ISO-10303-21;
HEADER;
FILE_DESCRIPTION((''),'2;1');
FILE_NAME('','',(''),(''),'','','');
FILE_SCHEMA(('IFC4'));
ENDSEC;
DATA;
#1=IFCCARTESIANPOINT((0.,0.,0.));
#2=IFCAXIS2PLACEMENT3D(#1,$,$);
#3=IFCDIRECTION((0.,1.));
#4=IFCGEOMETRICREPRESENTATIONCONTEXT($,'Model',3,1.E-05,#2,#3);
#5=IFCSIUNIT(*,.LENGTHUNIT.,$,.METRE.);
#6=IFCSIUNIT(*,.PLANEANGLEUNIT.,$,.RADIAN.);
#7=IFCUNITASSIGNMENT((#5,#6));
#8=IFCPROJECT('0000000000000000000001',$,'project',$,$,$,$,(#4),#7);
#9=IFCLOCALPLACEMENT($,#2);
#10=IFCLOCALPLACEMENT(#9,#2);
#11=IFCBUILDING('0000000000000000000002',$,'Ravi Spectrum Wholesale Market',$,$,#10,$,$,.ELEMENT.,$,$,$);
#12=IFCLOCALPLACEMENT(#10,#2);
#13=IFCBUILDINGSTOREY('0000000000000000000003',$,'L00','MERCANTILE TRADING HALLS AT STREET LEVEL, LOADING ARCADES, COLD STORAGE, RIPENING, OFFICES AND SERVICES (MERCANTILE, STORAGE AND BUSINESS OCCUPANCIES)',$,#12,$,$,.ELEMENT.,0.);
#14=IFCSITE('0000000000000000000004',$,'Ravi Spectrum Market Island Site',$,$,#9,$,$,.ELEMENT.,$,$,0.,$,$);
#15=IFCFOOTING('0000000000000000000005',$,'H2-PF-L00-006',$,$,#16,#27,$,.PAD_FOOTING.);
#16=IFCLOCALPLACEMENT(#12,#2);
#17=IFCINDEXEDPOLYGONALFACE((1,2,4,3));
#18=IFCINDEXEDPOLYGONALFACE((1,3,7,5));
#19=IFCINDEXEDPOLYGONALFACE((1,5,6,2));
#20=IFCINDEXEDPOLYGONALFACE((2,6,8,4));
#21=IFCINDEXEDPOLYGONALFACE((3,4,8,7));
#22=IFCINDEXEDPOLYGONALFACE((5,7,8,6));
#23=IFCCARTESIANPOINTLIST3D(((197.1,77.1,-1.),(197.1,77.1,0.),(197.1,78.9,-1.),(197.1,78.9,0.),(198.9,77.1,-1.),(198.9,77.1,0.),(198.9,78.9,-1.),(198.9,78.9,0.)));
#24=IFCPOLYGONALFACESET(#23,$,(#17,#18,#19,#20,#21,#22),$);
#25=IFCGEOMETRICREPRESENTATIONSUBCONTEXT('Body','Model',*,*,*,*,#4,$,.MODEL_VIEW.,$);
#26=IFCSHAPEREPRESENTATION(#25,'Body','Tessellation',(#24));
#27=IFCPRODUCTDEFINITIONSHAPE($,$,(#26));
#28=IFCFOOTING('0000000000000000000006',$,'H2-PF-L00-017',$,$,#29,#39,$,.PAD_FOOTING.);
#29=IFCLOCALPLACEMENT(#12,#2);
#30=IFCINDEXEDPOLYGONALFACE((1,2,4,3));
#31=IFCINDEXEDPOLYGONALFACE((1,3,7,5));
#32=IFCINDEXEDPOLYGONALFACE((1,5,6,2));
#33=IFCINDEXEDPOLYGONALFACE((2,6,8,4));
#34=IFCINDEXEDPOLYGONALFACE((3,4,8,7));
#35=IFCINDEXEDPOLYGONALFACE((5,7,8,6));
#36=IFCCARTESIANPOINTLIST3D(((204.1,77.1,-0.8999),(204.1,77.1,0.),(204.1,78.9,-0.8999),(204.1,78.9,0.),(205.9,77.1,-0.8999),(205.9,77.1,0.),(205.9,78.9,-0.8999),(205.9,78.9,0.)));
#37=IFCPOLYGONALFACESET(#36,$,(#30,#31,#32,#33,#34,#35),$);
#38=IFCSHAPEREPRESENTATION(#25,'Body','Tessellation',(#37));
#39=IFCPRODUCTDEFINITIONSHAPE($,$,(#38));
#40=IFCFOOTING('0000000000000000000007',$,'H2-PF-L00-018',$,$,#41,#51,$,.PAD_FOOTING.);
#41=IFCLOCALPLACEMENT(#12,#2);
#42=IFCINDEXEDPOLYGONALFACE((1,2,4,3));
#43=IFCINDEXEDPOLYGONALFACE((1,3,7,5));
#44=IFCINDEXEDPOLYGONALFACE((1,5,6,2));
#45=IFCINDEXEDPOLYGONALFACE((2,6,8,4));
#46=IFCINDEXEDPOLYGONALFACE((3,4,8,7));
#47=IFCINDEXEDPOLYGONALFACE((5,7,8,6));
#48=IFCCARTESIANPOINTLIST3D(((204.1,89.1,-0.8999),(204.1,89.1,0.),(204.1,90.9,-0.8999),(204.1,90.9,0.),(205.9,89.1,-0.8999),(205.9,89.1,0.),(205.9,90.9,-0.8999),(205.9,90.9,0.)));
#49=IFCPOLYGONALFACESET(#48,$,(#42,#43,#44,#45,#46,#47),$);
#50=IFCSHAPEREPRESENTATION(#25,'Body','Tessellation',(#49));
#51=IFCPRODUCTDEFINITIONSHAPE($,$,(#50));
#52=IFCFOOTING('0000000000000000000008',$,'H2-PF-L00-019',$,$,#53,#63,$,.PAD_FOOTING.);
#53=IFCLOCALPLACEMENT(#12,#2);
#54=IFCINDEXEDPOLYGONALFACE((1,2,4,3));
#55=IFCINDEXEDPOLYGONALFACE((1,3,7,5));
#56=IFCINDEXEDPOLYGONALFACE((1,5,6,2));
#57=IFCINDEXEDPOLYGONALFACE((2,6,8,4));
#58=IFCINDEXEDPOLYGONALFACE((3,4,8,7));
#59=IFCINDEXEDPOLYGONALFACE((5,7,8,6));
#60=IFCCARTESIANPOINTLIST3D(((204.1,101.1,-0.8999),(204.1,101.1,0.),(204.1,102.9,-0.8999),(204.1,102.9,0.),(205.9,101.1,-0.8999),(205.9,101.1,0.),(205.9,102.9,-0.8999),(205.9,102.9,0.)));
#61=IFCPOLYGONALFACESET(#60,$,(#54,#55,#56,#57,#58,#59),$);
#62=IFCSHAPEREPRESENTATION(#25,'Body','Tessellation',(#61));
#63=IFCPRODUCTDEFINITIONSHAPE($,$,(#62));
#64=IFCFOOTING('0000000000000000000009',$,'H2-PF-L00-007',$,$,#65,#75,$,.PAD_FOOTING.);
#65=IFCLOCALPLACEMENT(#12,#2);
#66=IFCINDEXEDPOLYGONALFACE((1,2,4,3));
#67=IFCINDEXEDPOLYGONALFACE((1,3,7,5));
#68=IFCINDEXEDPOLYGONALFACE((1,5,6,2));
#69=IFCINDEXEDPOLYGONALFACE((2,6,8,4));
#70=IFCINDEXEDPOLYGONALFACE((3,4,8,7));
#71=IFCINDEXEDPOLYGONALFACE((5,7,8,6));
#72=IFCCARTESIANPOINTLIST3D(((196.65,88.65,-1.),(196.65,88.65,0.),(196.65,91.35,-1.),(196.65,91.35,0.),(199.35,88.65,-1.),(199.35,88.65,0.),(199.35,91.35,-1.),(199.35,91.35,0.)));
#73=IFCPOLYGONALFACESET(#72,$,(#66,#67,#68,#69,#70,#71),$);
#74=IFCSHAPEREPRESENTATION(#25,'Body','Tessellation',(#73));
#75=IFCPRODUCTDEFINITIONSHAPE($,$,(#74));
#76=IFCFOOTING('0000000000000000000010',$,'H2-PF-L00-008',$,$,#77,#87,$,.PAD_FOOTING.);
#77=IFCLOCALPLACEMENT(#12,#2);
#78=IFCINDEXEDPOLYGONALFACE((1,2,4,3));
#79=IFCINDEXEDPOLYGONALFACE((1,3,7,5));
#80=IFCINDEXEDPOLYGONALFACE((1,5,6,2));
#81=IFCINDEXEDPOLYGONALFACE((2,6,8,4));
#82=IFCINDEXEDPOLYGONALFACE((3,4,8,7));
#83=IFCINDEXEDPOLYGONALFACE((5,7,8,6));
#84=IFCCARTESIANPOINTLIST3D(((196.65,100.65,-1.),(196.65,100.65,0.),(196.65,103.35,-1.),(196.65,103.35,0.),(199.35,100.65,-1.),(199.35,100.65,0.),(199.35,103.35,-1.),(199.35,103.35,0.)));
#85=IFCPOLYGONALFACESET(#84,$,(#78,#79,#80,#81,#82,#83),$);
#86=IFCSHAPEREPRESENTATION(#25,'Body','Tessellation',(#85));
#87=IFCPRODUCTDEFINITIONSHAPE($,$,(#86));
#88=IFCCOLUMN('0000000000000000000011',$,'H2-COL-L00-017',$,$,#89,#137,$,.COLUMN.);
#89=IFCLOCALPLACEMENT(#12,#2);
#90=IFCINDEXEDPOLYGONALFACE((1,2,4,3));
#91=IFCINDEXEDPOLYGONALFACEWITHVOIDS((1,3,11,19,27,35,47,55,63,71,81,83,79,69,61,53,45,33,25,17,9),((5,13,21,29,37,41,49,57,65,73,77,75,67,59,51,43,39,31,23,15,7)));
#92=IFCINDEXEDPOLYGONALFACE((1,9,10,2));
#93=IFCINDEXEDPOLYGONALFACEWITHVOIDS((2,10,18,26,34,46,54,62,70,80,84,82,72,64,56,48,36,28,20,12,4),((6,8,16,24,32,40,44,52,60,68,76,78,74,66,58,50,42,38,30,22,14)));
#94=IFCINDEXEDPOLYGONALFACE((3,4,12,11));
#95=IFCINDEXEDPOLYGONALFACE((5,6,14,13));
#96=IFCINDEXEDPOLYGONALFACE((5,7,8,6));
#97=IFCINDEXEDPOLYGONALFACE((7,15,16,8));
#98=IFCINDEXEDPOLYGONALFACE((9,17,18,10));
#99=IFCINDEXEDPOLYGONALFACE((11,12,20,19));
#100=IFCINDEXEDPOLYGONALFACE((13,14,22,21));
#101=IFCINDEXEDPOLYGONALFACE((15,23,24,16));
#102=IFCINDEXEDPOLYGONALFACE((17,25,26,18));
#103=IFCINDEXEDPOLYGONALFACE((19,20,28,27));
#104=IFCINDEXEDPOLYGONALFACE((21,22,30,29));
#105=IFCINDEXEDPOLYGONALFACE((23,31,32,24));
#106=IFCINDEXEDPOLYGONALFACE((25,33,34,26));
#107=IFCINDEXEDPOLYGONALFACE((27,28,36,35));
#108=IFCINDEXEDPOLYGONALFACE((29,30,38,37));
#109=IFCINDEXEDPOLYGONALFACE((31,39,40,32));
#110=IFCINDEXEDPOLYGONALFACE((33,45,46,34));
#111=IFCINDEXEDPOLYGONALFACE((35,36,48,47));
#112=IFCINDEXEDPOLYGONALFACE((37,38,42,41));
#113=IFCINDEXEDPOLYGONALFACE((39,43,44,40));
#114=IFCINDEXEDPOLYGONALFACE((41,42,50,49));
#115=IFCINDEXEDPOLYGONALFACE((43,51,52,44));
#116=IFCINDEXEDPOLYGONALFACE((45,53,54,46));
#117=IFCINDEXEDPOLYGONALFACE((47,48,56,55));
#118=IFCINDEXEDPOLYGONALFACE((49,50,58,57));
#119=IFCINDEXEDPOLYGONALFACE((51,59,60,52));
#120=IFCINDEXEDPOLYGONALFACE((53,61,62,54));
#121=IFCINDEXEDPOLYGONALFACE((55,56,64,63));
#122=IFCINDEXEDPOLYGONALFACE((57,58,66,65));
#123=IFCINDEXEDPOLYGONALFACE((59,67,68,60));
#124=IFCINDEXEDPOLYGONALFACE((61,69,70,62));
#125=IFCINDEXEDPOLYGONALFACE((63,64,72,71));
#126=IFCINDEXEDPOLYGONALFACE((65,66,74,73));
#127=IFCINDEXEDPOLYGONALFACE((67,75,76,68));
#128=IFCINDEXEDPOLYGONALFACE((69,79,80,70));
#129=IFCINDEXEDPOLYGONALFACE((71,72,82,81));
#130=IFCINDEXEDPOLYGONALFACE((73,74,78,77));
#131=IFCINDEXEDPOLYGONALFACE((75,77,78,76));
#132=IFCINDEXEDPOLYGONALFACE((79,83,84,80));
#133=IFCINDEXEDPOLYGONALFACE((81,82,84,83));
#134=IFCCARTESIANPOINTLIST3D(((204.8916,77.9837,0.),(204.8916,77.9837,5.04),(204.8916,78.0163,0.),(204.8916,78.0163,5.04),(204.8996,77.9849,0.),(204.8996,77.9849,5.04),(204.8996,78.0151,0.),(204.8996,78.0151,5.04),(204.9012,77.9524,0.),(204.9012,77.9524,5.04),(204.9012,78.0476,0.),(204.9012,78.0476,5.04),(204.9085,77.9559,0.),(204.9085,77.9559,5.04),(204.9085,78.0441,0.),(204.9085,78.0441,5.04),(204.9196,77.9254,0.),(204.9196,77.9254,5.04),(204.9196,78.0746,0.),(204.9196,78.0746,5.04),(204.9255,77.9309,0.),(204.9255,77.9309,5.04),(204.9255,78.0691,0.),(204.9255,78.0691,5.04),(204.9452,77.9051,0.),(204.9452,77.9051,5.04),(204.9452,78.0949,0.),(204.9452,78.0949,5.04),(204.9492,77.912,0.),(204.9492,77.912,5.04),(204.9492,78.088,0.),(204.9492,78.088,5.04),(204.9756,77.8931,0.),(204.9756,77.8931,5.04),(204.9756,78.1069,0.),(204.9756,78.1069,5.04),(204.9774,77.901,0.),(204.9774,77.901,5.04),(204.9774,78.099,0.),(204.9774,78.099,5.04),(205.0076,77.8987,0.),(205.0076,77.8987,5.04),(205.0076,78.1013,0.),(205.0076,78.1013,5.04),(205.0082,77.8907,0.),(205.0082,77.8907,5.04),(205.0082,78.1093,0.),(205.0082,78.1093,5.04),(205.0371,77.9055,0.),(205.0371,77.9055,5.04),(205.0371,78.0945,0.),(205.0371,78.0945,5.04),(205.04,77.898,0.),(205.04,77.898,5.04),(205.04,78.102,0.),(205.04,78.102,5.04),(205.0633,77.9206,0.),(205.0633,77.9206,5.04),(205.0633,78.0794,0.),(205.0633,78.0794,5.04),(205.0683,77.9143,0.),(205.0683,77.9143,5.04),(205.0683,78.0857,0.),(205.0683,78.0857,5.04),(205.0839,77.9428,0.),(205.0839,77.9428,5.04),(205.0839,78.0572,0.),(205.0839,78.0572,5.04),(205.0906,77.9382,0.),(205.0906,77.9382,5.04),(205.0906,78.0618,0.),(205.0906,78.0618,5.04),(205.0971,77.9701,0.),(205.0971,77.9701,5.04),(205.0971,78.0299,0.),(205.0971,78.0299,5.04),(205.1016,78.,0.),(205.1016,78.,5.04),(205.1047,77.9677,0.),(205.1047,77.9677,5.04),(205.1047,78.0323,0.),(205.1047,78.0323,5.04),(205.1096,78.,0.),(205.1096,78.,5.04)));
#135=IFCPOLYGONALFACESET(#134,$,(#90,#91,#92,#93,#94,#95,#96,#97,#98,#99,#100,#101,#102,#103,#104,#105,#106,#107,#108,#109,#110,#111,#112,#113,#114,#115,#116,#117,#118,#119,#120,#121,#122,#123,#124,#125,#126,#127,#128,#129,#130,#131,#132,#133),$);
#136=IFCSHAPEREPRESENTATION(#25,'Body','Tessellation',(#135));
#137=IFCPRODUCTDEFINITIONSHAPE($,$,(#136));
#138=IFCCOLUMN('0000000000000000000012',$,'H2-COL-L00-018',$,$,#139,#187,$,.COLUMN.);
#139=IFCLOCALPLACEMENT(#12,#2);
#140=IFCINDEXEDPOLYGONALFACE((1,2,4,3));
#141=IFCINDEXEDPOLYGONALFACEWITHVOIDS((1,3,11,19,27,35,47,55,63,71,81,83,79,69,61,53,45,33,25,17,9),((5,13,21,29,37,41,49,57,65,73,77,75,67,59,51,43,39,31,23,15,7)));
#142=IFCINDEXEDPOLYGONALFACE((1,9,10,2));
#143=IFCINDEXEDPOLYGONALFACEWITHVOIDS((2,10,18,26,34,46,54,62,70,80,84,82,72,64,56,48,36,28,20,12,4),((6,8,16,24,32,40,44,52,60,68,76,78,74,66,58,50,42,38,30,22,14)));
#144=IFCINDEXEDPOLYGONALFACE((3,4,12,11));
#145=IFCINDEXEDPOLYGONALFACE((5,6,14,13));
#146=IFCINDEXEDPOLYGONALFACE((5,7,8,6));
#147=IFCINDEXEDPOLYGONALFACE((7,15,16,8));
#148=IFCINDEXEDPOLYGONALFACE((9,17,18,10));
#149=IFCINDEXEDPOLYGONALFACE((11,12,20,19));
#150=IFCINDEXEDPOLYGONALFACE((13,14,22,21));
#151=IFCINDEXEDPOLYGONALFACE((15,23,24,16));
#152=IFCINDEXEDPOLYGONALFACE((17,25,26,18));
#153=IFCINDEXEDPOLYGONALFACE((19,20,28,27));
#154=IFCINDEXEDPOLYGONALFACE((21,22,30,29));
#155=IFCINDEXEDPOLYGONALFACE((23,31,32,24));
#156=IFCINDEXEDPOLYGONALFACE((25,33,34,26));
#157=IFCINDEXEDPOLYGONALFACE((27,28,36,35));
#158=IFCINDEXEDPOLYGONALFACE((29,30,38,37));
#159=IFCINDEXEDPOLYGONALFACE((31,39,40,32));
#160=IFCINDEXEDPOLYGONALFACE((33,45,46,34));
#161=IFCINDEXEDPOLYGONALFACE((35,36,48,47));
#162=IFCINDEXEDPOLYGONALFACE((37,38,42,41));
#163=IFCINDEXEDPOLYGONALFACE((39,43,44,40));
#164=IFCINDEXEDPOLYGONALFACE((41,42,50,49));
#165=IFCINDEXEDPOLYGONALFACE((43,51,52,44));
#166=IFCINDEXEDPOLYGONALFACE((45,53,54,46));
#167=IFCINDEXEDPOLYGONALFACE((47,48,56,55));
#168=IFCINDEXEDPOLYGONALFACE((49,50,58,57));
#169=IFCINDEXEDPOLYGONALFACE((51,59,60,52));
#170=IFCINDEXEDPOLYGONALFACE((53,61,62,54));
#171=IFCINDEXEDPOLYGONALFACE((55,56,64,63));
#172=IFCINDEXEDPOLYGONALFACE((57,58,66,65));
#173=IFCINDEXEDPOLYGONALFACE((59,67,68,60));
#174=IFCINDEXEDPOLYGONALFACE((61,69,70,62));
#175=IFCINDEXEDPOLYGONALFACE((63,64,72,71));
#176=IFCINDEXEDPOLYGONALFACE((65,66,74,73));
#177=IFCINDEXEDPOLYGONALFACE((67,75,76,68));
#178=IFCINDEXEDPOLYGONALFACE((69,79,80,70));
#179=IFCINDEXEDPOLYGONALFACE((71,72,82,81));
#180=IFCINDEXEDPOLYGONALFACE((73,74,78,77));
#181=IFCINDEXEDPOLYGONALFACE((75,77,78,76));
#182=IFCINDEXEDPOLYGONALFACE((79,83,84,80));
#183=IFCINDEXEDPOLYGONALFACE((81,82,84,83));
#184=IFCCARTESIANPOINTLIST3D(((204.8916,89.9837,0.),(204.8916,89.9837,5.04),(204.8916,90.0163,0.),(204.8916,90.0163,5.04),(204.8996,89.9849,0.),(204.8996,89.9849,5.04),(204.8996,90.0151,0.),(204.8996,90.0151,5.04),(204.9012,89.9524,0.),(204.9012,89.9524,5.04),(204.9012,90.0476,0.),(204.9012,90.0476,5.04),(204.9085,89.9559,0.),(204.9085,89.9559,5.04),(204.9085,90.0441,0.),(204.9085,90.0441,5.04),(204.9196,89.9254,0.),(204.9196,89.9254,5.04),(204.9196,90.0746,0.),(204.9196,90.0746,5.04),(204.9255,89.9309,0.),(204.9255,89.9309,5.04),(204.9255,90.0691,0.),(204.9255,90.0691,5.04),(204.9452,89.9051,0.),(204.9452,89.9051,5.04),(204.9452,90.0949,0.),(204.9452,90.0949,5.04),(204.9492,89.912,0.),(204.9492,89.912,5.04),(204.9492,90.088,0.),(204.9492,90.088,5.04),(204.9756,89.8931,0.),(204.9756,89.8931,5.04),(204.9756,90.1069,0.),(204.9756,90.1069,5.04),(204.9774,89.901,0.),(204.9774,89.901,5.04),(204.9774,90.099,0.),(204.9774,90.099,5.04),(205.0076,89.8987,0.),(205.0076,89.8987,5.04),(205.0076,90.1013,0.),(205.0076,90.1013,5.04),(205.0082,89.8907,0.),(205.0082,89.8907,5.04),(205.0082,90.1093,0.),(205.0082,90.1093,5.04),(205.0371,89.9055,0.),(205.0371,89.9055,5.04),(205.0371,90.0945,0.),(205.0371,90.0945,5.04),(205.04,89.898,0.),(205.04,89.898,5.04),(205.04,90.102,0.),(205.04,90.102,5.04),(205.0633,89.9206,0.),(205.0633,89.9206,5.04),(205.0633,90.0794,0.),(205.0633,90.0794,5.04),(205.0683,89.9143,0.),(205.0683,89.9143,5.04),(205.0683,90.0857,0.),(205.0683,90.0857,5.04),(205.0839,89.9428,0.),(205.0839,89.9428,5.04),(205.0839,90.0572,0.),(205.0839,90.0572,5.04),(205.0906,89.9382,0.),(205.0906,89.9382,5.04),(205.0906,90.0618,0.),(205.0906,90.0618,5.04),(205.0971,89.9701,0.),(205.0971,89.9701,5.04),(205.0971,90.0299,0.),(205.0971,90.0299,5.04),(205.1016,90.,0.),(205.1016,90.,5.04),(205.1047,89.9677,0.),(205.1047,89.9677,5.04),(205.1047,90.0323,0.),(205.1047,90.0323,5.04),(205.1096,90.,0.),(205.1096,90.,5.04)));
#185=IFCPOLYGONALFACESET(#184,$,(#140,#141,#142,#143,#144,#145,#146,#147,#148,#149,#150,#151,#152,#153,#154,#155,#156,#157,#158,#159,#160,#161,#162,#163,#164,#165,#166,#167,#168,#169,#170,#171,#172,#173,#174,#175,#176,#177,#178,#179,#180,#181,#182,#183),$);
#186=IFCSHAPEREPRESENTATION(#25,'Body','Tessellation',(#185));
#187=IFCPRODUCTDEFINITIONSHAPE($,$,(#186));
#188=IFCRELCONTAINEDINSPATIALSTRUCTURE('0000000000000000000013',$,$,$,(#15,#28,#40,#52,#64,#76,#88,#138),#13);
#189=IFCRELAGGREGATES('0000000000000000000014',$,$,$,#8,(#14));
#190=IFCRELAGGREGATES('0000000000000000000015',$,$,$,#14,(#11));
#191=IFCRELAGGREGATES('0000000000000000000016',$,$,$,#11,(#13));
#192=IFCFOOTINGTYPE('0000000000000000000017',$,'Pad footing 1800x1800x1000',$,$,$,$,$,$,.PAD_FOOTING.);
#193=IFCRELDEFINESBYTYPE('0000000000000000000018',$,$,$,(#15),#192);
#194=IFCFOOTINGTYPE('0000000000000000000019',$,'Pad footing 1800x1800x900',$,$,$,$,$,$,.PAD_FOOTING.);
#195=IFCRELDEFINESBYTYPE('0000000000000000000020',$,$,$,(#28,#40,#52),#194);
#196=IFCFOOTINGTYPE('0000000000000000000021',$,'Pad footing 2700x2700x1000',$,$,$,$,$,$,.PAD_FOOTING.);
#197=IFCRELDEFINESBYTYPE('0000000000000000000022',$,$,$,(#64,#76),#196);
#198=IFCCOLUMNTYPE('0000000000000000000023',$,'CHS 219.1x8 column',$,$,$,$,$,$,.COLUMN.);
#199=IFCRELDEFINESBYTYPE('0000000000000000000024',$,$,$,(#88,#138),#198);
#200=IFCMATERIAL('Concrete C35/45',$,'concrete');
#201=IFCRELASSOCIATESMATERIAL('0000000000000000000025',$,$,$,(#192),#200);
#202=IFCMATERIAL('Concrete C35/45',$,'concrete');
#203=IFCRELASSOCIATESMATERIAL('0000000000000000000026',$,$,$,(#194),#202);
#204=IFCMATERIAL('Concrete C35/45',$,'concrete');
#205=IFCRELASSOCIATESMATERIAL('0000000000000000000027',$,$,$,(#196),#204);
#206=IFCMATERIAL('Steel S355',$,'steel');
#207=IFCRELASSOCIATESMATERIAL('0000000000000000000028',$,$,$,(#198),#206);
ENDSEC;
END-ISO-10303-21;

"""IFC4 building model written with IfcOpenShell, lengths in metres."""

from ifc_helpers import new_model, si_unit, direction, frame, origin, origin_2d, place, context, subcontext, project, spatial, rectangle, hollow_circle, extrude, material, material_profile, profile_set, type_object, element, save


model = new_model("IFC4")

# Units and contexts
model_context = context("Model", 3, precision=1e-05, world=origin(), true_north=direction((0.0, 1.0)))
body_context = subcontext(model_context, "Body", "Model", "MODEL_VIEW")
ifc_project = project(units=[si_unit("LENGTHUNIT", "METRE"), si_unit("PLANEANGLEUNIT", "RADIAN")], contexts=[model_context])

# Site, building, storey
site_placement = place(None, origin())
site = spatial("IfcSite", under=ifc_project, at=site_placement, Name="Ravi Spectrum Market Island Site", CompositionType="ELEMENT", RefElevation=0.0)
building_placement = place(site_placement, origin())
building = spatial("IfcBuilding", under=site, at=building_placement, Name="Ravi Spectrum Wholesale Market", CompositionType="ELEMENT")
storey_placement = place(building_placement, origin())
storey = spatial("IfcBuildingStorey", under=building, at=storey_placement, Name="L00", Description="MERCANTILE TRADING HALLS AT STREET LEVEL, LOADING ARCADES, COLD STORAGE, RIPENING, OFFICES AND SERVICES (MERCANTILE, STORAGE AND BUSINESS OCCUPANCIES)", CompositionType="ELEMENT", Elevation=0.0)

# Footings
ifc_material_1 = material(Name="Concrete C35/45", Category="concrete")
footing_type_1 = type_object("IfcFootingType", Name="Pad footing 1800x1800x1000", PredefinedType="PAD_FOOTING", material=ifc_material_1)
footing_placement = place(storey_placement, frame((198.0, 78.0, -1.0), z_axis=(0.0, 0.0, 1.0), x_axis=(1.0, 0.0, 0.0)))
element("IfcFooting", 1, at=footing_placement, inside=storey, type_object=footing_type_1, Name="H2-PF-L00-006", PredefinedType="PAD_FOOTING", context=body_context, shape_type="SweptSolid", body=[
    extrude(rectangle(XDim=1.8, YDim=1.8, at=origin_2d()), origin(), (0.0, 0.0, 1.0), 1.0),
])
ifc_material_2 = material(Name="Concrete C35/45", Category="concrete")
footing_type_2 = type_object("IfcFootingType", Name="Pad footing 1800x1800x900", PredefinedType="PAD_FOOTING", material=ifc_material_2)
for number, where, z_axis, x_axis, name in (
    (2, (205.0, 78.0, -0.8999), (0.0, 0.0, 1.0), (1.0, 0.0, 0.0), "H2-PF-L00-017"),
    (3, (205.0, 90.0, -0.8999), (0.0, 0.0, 1.0), (1.0, 0.0, 0.0), "H2-PF-L00-018"),
    (4, (205.0, 102.0, -0.8999), (0.0, 0.0, 1.0), (1.0, 0.0, 0.0), "H2-PF-L00-019"),
):
    element("IfcFooting", number, at=place(storey_placement, frame(where, z_axis=z_axis, x_axis=x_axis)), inside=storey, type_object=footing_type_2, Name=name, PredefinedType="PAD_FOOTING", context=body_context, shape_type="SweptSolid", body=[
        extrude(rectangle(XDim=1.8, YDim=1.8, at=origin_2d()), origin(), (0.0, 0.0, 1.0), 0.8999),
    ])
ifc_material_3 = material(Name="Concrete C35/45", Category="concrete")
footing_type_3 = type_object("IfcFootingType", Name="Pad footing 2700x2700x1000", PredefinedType="PAD_FOOTING", material=ifc_material_3)
for number, where, z_axis, x_axis, name in (
    (5, (198.0, 90.0, -1.0), (0.0, 0.0, 1.0), (1.0, 0.0, 0.0), "H2-PF-L00-007"),
    (6, (198.0, 102.0, -1.0), (0.0, 0.0, 1.0), (1.0, 0.0, 0.0), "H2-PF-L00-008"),
):
    element("IfcFooting", number, at=place(storey_placement, frame(where, z_axis=z_axis, x_axis=x_axis)), inside=storey, type_object=footing_type_3, Name=name, PredefinedType="PAD_FOOTING", context=body_context, shape_type="SweptSolid", body=[
        extrude(rectangle(XDim=2.7, YDim=2.7, at=origin_2d()), origin(), (0.0, 0.0, 1.0), 1.0),
    ])

# Columns
ifc_material_4 = material(Name="Steel S355", Category="steel")
ifc_material_profile_1 = material_profile(ifc_material_4, hollow_circle(Radius=0.1096, WallThickness=0.0081, at=origin_2d()))
ifc_profile_set_1 = profile_set([ifc_material_profile_1], Name="Steel S355")
column_type_1 = type_object("IfcColumnType", Name="CHS 219.1x8 column", PredefinedType="COLUMN", material=ifc_profile_set_1)
for number, where, z_axis, x_axis, name in (
    (7, (205.0, 78.0, 0.0), (0.0, 0.0, 1.0), (1.0, 0.0, 0.0), "H2-COL-L00-017"),
    (8, (205.0, 90.0, 0.0), (0.0, 0.0, 1.0), (1.0, 0.0, 0.0), "H2-COL-L00-018"),
):
    element("IfcColumn", number, at=place(storey_placement, frame(where, z_axis=z_axis, x_axis=x_axis)), inside=storey, type_object=column_type_1, Name=name, PredefinedType="COLUMN", context=body_context, shape_type="SweptSolid", body=[
        extrude(hollow_circle(Radius=0.1096, WallThickness=0.0081, at=origin_2d()), origin(), (0.0, 0.0, 1.0), 5.04),
    ])

save(model, "model.ifc")
